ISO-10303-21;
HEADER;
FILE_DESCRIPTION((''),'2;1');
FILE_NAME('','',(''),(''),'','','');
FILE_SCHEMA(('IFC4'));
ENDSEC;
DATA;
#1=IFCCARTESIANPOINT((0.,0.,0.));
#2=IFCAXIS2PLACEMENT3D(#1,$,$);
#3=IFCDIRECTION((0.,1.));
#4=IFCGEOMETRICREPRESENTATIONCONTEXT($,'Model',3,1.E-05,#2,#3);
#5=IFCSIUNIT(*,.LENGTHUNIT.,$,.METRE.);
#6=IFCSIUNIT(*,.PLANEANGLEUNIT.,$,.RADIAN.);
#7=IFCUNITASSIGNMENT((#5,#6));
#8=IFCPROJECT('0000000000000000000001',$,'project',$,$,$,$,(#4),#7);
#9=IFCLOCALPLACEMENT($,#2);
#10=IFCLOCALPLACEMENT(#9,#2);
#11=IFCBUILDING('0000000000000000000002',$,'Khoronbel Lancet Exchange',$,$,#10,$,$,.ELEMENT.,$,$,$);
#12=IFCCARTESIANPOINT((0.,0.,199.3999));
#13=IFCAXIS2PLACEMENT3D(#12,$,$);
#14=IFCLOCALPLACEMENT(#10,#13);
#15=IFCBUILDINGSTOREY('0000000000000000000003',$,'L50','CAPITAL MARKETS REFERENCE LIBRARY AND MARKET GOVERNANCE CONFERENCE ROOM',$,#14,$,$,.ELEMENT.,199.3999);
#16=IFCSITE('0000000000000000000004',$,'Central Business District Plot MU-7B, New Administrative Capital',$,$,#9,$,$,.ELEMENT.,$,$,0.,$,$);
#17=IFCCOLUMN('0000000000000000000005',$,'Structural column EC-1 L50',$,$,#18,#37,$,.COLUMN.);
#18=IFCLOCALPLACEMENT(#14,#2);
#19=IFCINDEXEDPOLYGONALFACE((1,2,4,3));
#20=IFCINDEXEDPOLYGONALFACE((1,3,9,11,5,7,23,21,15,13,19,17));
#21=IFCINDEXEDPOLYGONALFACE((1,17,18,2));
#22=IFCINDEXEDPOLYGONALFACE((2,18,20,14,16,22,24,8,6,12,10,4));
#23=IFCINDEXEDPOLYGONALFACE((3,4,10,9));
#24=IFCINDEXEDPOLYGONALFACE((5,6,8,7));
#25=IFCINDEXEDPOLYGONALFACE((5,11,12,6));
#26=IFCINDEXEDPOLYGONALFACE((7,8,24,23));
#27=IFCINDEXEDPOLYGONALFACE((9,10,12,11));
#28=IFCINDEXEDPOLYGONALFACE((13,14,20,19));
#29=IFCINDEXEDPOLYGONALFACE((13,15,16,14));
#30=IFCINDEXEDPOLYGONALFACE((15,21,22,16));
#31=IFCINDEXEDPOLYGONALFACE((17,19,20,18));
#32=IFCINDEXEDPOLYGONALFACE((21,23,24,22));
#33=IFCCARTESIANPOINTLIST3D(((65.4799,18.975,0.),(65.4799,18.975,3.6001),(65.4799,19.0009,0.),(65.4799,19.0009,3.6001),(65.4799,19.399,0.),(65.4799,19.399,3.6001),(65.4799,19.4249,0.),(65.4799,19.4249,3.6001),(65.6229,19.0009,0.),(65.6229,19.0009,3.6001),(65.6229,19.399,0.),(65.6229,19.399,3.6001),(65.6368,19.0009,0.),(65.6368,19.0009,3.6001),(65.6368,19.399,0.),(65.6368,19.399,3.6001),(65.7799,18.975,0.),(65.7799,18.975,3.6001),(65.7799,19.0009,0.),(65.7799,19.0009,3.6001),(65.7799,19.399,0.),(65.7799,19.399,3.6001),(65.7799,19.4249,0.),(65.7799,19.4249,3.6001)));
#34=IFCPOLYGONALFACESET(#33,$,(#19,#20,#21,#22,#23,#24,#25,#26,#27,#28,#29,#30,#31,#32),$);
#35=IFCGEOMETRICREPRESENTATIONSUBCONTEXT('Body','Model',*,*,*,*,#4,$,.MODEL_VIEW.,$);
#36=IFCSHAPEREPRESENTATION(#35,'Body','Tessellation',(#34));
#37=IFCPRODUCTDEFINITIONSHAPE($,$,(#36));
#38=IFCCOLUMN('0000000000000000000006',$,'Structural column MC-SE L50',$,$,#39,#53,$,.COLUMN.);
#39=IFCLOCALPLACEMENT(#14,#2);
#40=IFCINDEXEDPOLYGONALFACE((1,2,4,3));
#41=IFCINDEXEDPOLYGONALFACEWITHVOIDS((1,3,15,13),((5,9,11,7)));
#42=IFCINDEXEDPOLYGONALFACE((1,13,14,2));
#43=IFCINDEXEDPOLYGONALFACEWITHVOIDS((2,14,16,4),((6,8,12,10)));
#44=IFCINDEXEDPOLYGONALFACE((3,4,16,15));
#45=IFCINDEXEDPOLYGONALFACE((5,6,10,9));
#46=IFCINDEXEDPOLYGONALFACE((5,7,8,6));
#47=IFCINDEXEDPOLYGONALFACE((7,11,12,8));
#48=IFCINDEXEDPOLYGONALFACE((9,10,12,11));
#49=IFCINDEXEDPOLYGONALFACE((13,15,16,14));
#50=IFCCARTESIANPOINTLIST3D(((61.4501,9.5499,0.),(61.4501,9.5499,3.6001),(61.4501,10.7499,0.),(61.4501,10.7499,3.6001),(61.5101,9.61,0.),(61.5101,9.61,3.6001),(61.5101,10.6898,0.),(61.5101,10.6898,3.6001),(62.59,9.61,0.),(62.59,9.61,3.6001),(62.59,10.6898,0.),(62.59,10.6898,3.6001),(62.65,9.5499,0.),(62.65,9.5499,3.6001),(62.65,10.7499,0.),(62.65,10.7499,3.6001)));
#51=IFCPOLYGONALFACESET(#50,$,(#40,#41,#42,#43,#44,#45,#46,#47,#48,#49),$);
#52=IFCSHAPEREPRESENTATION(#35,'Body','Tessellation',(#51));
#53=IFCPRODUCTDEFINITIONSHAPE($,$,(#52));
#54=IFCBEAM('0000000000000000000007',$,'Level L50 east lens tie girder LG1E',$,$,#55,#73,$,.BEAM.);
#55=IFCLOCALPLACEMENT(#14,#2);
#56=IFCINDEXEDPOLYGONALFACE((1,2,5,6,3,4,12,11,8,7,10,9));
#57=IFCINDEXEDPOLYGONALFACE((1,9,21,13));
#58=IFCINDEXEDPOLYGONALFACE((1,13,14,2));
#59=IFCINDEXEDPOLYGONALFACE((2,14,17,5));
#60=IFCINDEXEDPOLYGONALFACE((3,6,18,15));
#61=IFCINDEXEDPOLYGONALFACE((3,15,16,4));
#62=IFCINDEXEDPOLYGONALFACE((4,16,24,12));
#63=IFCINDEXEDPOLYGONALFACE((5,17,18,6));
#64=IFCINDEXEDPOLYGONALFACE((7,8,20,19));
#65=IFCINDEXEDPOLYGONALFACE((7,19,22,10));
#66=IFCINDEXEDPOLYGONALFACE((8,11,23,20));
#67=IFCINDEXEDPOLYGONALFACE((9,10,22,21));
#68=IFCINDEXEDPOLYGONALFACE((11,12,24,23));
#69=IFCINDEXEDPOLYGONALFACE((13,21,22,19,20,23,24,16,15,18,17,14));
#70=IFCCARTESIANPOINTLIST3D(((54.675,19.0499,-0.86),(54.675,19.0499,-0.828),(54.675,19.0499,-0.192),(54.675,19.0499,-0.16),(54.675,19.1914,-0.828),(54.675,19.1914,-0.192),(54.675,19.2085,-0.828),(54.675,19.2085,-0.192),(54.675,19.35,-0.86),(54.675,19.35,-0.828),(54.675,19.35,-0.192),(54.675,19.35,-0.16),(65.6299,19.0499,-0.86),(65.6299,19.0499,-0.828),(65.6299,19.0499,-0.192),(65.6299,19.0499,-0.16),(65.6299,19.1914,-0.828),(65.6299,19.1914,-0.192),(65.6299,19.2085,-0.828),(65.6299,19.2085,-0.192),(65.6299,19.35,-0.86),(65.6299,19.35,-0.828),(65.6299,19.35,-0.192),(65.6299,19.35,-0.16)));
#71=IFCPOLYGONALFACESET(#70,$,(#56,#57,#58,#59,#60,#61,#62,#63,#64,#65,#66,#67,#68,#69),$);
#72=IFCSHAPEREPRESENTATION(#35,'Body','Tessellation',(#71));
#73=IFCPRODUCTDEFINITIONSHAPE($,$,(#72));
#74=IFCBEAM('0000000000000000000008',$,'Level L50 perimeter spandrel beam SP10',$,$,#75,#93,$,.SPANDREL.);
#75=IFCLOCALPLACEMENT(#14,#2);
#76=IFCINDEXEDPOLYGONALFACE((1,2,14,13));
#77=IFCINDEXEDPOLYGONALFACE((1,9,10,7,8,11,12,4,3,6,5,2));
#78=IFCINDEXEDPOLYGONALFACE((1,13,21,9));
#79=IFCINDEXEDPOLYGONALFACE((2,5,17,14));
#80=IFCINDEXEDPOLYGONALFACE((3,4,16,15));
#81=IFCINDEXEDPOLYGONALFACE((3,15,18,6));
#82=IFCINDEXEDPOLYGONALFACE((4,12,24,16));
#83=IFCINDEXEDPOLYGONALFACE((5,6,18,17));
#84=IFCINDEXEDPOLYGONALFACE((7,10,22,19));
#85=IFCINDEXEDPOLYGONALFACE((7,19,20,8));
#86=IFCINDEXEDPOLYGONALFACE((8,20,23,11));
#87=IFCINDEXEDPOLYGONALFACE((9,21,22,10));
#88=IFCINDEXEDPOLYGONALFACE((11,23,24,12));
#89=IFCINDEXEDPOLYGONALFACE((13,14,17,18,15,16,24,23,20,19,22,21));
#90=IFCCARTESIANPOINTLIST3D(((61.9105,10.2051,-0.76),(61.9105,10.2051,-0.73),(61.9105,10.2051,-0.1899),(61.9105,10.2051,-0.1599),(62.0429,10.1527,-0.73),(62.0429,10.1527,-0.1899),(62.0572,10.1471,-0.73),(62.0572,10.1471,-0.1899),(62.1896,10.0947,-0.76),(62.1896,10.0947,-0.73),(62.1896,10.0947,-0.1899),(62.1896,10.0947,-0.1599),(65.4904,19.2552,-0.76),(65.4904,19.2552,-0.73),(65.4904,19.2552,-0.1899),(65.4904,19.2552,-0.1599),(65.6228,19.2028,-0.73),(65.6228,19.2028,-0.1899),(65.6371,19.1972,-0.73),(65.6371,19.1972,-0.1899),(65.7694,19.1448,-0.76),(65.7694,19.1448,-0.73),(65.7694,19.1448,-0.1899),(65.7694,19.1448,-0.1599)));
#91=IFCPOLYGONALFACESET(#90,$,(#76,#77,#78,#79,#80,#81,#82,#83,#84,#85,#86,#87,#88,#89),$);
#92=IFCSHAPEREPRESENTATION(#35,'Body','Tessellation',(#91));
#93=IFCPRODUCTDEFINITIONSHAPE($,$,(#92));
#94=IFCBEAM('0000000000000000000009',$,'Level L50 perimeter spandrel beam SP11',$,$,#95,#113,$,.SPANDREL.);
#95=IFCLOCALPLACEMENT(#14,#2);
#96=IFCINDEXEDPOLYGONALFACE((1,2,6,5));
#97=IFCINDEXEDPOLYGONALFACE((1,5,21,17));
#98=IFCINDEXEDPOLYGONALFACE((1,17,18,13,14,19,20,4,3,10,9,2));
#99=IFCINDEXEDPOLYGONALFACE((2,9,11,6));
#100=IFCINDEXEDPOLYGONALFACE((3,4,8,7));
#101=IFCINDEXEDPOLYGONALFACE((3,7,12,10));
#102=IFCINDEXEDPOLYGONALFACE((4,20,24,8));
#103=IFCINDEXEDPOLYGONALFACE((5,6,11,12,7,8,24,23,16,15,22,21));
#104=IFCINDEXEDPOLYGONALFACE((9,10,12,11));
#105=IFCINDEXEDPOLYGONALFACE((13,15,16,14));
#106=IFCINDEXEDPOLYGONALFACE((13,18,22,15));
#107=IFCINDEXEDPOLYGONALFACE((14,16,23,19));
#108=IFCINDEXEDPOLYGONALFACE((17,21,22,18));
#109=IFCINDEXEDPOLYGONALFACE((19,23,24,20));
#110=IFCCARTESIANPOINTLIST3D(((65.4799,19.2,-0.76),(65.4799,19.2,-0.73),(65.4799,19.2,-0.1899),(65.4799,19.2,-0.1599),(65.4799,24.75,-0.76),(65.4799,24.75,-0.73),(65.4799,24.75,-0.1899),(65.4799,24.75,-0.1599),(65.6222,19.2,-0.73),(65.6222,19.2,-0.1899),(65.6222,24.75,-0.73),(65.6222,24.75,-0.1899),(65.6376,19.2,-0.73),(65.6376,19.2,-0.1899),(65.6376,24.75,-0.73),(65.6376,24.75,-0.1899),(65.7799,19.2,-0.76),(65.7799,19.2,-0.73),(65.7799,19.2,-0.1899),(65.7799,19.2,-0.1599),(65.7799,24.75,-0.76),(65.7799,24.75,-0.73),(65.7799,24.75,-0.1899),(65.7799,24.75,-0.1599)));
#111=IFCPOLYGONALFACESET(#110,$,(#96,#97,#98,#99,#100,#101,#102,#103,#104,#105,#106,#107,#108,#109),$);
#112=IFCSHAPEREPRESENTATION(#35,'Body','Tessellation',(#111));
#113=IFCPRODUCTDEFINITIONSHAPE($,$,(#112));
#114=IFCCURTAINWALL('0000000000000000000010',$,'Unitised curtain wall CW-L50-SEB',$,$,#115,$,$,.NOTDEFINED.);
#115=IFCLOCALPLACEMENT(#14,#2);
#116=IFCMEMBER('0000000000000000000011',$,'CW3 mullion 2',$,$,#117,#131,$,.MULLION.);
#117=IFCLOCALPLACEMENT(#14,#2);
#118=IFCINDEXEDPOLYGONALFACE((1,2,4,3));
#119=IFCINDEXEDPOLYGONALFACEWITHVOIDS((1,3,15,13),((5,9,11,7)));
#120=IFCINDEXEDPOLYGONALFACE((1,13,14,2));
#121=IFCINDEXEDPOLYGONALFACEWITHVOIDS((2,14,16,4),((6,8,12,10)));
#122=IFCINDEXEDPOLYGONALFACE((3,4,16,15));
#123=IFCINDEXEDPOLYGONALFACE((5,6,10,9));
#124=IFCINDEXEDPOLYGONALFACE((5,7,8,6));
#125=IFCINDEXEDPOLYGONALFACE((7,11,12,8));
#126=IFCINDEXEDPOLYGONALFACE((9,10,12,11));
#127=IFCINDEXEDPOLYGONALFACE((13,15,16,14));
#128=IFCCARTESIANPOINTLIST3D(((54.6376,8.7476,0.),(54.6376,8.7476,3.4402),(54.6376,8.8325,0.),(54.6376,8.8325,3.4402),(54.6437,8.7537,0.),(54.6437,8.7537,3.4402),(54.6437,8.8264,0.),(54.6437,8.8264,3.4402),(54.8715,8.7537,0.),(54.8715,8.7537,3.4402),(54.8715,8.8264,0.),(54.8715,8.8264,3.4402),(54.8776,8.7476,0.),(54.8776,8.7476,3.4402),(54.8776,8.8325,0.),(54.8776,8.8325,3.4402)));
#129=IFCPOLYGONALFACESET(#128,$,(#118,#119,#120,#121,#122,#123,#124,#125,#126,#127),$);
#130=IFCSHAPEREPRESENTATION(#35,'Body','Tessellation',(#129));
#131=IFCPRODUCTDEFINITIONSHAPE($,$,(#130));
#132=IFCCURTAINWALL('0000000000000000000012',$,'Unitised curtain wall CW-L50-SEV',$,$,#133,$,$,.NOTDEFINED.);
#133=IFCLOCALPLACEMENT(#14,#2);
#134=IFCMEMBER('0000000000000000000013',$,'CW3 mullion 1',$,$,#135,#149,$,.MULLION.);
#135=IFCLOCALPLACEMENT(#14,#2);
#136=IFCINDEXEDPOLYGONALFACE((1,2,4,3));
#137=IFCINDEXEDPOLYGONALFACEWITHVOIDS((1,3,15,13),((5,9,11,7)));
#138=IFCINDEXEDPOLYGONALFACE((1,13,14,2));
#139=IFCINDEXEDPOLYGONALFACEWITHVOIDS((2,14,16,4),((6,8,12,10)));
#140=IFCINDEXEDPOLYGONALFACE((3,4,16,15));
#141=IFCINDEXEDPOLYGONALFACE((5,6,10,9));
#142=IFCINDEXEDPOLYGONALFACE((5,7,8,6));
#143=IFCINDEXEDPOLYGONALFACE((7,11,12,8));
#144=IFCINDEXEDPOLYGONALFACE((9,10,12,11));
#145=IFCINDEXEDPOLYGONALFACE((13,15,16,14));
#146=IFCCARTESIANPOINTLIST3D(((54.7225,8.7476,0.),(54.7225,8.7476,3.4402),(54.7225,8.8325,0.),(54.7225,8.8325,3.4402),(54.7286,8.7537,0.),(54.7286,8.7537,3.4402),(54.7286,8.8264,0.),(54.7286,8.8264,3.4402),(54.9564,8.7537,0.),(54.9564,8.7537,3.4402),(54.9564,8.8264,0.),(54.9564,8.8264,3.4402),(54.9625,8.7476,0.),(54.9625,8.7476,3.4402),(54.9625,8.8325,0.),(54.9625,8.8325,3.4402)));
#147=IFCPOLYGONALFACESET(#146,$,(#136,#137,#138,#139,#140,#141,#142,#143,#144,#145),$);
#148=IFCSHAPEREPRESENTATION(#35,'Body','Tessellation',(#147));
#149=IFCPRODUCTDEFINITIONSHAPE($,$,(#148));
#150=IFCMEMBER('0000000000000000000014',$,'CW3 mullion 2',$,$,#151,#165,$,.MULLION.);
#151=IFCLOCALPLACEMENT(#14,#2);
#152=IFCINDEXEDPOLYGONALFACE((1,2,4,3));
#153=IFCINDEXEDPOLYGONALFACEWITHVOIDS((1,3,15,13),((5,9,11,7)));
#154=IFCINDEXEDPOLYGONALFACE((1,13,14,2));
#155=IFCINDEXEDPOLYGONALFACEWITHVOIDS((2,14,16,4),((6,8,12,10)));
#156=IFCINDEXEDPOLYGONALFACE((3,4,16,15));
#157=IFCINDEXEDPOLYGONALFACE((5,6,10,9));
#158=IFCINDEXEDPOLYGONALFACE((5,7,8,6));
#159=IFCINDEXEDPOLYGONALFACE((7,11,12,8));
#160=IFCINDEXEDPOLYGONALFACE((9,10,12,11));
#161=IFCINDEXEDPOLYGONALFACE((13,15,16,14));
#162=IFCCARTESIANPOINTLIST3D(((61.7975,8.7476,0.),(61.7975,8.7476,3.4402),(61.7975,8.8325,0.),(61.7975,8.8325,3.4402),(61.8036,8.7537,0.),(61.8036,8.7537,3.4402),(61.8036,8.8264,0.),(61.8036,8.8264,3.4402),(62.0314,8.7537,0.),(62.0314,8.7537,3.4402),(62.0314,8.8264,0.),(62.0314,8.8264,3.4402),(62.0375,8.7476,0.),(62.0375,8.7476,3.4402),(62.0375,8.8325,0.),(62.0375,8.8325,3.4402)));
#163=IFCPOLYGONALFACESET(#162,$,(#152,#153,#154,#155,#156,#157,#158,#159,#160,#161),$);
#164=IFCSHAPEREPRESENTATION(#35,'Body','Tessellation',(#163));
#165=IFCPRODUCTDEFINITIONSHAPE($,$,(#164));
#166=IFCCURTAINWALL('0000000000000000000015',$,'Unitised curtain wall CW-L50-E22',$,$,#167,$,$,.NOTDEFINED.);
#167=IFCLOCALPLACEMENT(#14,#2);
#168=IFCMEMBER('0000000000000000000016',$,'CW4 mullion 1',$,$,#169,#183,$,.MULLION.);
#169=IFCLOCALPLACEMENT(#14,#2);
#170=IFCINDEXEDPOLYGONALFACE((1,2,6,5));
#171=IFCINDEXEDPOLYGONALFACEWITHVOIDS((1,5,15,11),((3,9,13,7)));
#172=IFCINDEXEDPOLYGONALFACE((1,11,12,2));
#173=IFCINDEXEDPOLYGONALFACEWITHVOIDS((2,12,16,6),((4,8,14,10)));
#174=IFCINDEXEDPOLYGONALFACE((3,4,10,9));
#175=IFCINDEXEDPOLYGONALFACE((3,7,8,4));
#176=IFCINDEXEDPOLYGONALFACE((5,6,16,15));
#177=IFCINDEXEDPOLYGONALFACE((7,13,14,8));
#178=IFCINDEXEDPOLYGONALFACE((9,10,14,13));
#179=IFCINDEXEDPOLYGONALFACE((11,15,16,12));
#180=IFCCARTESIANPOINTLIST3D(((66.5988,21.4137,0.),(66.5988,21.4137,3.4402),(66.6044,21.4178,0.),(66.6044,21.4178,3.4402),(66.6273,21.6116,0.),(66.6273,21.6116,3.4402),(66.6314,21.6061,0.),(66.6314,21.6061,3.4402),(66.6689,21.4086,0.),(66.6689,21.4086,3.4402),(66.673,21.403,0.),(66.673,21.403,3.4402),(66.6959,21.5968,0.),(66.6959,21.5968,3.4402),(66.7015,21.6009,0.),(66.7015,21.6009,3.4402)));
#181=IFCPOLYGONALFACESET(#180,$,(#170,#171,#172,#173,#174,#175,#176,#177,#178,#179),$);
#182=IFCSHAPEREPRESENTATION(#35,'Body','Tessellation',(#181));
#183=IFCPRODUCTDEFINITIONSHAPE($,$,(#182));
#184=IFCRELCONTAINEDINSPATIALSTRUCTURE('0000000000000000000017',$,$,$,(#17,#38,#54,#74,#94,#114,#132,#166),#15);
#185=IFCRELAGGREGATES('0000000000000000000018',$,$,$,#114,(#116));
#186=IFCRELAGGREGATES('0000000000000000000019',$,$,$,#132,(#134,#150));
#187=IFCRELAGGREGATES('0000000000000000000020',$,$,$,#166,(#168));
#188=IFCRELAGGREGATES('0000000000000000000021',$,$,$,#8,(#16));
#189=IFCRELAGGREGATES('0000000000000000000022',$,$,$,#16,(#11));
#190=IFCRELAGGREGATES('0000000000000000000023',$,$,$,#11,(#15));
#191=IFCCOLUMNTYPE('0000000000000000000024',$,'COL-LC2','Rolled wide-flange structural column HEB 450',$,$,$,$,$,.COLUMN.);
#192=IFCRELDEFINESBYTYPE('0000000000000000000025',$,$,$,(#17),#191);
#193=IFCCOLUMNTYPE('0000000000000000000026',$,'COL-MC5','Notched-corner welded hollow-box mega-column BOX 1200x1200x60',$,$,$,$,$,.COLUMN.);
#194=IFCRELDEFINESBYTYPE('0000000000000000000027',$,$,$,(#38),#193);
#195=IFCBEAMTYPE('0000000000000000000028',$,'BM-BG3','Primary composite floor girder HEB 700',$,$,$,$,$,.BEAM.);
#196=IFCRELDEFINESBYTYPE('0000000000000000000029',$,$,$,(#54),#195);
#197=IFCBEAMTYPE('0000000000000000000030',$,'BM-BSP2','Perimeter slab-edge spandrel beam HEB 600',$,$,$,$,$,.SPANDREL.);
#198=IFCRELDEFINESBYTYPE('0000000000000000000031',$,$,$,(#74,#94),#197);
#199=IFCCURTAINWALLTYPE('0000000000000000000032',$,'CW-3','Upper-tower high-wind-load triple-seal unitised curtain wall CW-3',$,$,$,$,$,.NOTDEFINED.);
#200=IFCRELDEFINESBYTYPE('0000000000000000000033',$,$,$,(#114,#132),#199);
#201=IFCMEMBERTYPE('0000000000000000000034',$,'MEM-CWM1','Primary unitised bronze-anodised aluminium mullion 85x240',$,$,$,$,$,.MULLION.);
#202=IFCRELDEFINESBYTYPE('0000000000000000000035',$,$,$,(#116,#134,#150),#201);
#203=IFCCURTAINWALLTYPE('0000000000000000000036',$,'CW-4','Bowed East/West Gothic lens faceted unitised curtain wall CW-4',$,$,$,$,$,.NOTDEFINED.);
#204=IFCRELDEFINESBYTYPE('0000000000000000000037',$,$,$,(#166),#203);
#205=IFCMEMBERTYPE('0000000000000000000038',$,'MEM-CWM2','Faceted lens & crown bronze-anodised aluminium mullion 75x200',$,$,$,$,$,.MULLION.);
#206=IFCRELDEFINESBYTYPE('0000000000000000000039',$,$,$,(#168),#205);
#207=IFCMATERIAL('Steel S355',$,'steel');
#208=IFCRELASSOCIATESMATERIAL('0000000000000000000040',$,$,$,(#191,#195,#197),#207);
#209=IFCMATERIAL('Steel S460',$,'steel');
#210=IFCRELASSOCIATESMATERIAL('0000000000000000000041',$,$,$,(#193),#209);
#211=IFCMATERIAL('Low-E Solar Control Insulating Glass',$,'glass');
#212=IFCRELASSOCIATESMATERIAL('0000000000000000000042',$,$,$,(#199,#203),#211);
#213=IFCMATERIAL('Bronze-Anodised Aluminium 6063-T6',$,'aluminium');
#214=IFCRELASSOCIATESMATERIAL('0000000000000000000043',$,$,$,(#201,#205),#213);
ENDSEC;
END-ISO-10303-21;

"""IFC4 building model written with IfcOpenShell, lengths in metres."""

from ifc_helpers import new_model, si_unit, direction, frame, origin, origin_2d, place, context, subcontext, project, spatial, hollow_rectangle, i_section, extrude, material, material_profile, profile_set, type_object, element, aggregate, save


model = new_model("IFC4")

# Units and contexts
model_context = context("Model", 3, precision=1e-05, world=origin(), true_north=direction((0.0, 1.0)))
body_context = subcontext(model_context, "Body", "Model", "MODEL_VIEW")
ifc_project = project(units=[si_unit("LENGTHUNIT", "METRE"), si_unit("PLANEANGLEUNIT", "RADIAN")], contexts=[model_context])

# Site, building, storey
site_placement = place(None, origin())
site = spatial("IfcSite", under=ifc_project, at=site_placement, Name="Central Business District Plot MU-7B, New Administrative Capital", CompositionType="ELEMENT", RefElevation=0.0)
building_placement = place(site_placement, origin())
building = spatial("IfcBuilding", under=site, at=building_placement, Name="Khoronbel Lancet Exchange", CompositionType="ELEMENT")
storey_placement = place(building_placement, frame((0.0, 0.0, 199.3999)))
storey = spatial("IfcBuildingStorey", under=building, at=storey_placement, Name="L50", Description="CAPITAL MARKETS REFERENCE LIBRARY AND MARKET GOVERNANCE CONFERENCE ROOM", CompositionType="ELEMENT", Elevation=199.3999)

# Columns
ifc_material_1 = material(Name="Steel S355", Category="steel")
ifc_material_profile_1 = material_profile(ifc_material_1, i_section(OverallWidth=0.3, OverallDepth=0.45, WebThickness=0.0139, FlangeThickness=0.0259, at=origin_2d()), Name="HEB 450")
ifc_profile_set_1 = profile_set([ifc_material_profile_1], Name="Steel S355")
column_type_1 = type_object("IfcColumnType", Name="COL-LC2", Description="Rolled wide-flange structural column HEB 450", PredefinedType="COLUMN", material=ifc_profile_set_1)
column_1_placement = place(storey_placement, frame((65.6299, 19.2, 0.0), z_axis=(0.0, 0.0, 1.0), x_axis=(1.0, 0.0, 0.0)))
element("IfcColumn", 1, at=column_1_placement, inside=storey, type_object=column_type_1, Name="Structural column EC-1 L50", PredefinedType="COLUMN", context=body_context, shape_type="SweptSolid", body=[
    extrude(i_section(OverallWidth=0.3, OverallDepth=0.45, WebThickness=0.0139, FlangeThickness=0.0259, at=origin_2d()), origin(), (0.0, 0.0, 1.0), 3.6001),
])
ifc_material_2 = material(Name="Steel S460", Category="steel")
ifc_material_profile_2 = material_profile(ifc_material_2, hollow_rectangle(XDim=1.2, YDim=1.2, WallThickness=0.0601, at=origin_2d()), Name="BOX 1200x1200x60")
ifc_profile_set_2 = profile_set([ifc_material_profile_2], Name="Steel S460")
column_type_2 = type_object("IfcColumnType", Name="COL-MC5", Description="Notched-corner welded hollow-box mega-column BOX 1200x1200x60", PredefinedType="COLUMN", material=ifc_profile_set_2)
column_2_placement = place(storey_placement, frame((62.05, 10.1499, 0.0), z_axis=(0.0, 0.0, 1.0), x_axis=(1.0, 0.0, 0.0)))
element("IfcColumn", 2, at=column_2_placement, inside=storey, type_object=column_type_2, Name="Structural column MC-SE L50", PredefinedType="COLUMN", context=body_context, shape_type="SweptSolid", body=[
    extrude(hollow_rectangle(XDim=1.2, YDim=1.2, WallThickness=0.0601, at=origin_2d()), origin(), (0.0, 0.0, 1.0), 3.6001),
])

# Beams
ifc_material_profile_3 = material_profile(ifc_material_1, i_section(OverallWidth=0.3, OverallDepth=0.7, WebThickness=0.0171, FlangeThickness=0.032, at=origin_2d()), Name="HEB 700")
ifc_profile_set_3 = profile_set([ifc_material_profile_3], Name="Steel S355")
beam_type_1 = type_object("IfcBeamType", Name="BM-BG3", Description="Primary composite floor girder HEB 700", PredefinedType="BEAM", material=ifc_profile_set_3)
beam_1_placement = place(storey_placement, frame((54.675, 19.2, -0.51), z_axis=(1.0, 0.0, 0.0), x_axis=(0.0, 1.0, 0.0)))
element("IfcBeam", 3, at=beam_1_placement, inside=storey, type_object=beam_type_1, Name="Level L50 east lens tie girder LG1E", PredefinedType="BEAM", context=body_context, shape_type="SweptSolid", body=[
    extrude(i_section(OverallWidth=0.3, OverallDepth=0.7, WebThickness=0.0171, FlangeThickness=0.032, at=origin_2d()), origin(), (0.0, 0.0, 1.0), 10.9548),
])
ifc_material_profile_4 = material_profile(ifc_material_1, i_section(OverallWidth=0.3, OverallDepth=0.6001, WebThickness=0.0154, FlangeThickness=0.03, at=origin_2d()), Name="HEB 600")
ifc_profile_set_4 = profile_set([ifc_material_profile_4], Name="Steel S355")
beam_type_2 = type_object("IfcBeamType", Name="BM-BSP2", Description="Perimeter slab-edge spandrel beam HEB 600", PredefinedType="SPANDREL", material=ifc_profile_set_4)
beam_2_placement = place(storey_placement, frame((62.05, 10.1499, -0.46), z_axis=(0.367828, 0.929894, 0.0), x_axis=(-0.929894, 0.367828, 0.0)))
element("IfcBeam", 4, at=beam_2_placement, inside=storey, type_object=beam_type_2, Name="Level L50 perimeter spandrel beam SP10", PredefinedType="SPANDREL", context=body_context, shape_type="SweptSolid", body=[
    extrude(i_section(OverallWidth=0.3, OverallDepth=0.6001, WebThickness=0.0154, FlangeThickness=0.03, at=origin_2d()), origin(), (0.0, 0.0, 1.0), 9.7324),
])
beam_3_placement = place(storey_placement, frame((65.6299, 19.2, -0.46), z_axis=(0.0, 1.0, 0.0), x_axis=(-1.0, 0.0, 0.0)))
element("IfcBeam", 5, at=beam_3_placement, inside=storey, type_object=beam_type_2, Name="Level L50 perimeter spandrel beam SP11", PredefinedType="SPANDREL", context=body_context, shape_type="SweptSolid", body=[
    extrude(i_section(OverallWidth=0.3, OverallDepth=0.6001, WebThickness=0.0154, FlangeThickness=0.03, at=origin_2d()), origin(), (0.0, 0.0, 1.0), 5.55),
])

# Curtain wall, member
ifc_material_3 = material(Name="Low-E Solar Control Insulating Glass", Category="glass")
curtain_wall_type_1 = type_object("IfcCurtainWallType", Name="CW-3", Description="Upper-tower high-wind-load triple-seal unitised curtain wall CW-3", PredefinedType="NOTDEFINED", material=ifc_material_3)
curtain_wall_1_placement = place(storey_placement, origin())
curtain_wall_1 = element("IfcCurtainWall", 6, at=curtain_wall_1_placement, inside=storey, type_object=curtain_wall_type_1, Name="Unitised curtain wall CW-L50-SEB", PredefinedType="NOTDEFINED")
ifc_material_4 = material(Name="Bronze-Anodised Aluminium 6063-T6", Category="aluminium")
ifc_material_profile_5 = material_profile(ifc_material_4, hollow_rectangle(XDim=0.085, YDim=0.24, WallThickness=0.0061, at=origin_2d()), Name="ALU MULLION 85x240")
ifc_profile_set_5 = profile_set([ifc_material_profile_5], Name="Bronze-Anodised Aluminium 6063-T6")
member_type_1 = type_object("IfcMemberType", Name="MEM-CWM1", Description="Primary unitised bronze-anodised aluminium mullion 85x240", PredefinedType="MULLION", material=ifc_profile_set_5)
member_1_placement = place(storey_placement, frame((54.7576, 8.79, 0.0), z_axis=(0.0, 0.0, 1.0), x_axis=(0.0, 1.0, 0.0)))
member_1 = element("IfcMember", 7, at=member_1_placement, type_object=member_type_1, Name="CW3 mullion 2", PredefinedType="MULLION", context=body_context, shape_type="SweptSolid", body=[
    extrude(hollow_rectangle(XDim=0.085, YDim=0.24, WallThickness=0.0061, at=origin_2d()), origin(), (0.0, 0.0, 1.0), 3.4402),
])
aggregate(curtain_wall_1, [member_1])

# Curtain walls, members
curtain_wall_2_placement = place(storey_placement, origin())
curtain_wall_2 = element("IfcCurtainWall", 8, at=curtain_wall_2_placement, inside=storey, type_object=curtain_wall_type_1, Name="Unitised curtain wall CW-L50-SEV", PredefinedType="NOTDEFINED")
member_2_placement = place(storey_placement, frame((54.8425, 8.79, 0.0), z_axis=(0.0, 0.0, 1.0), x_axis=(0.0, 1.0, 0.0)))
member_2 = element("IfcMember", 9, at=member_2_placement, type_object=member_type_1, Name="CW3 mullion 1", PredefinedType="MULLION", context=body_context, shape_type="SweptSolid", body=[
    extrude(hollow_rectangle(XDim=0.085, YDim=0.24, WallThickness=0.0061, at=origin_2d()), origin(), (0.0, 0.0, 1.0), 3.4402),
])
member_3_placement = place(storey_placement, frame((61.9175, 8.79, 0.0), z_axis=(0.0, 0.0, 1.0), x_axis=(0.0, 1.0, 0.0)))
member_3 = element("IfcMember", 10, at=member_3_placement, type_object=member_type_1, Name="CW3 mullion 2", PredefinedType="MULLION", context=body_context, shape_type="SweptSolid", body=[
    extrude(hollow_rectangle(XDim=0.085, YDim=0.24, WallThickness=0.0061, at=origin_2d()), origin(), (0.0, 0.0, 1.0), 3.4402),
])
curtain_wall_type_2 = type_object("IfcCurtainWallType", Name="CW-4", Description="Bowed East/West Gothic lens faceted unitised curtain wall CW-4", PredefinedType="NOTDEFINED", material=ifc_material_3)
curtain_wall_3_placement = place(storey_placement, origin())
curtain_wall_3 = element("IfcCurtainWall", 11, at=curtain_wall_3_placement, inside=storey, type_object=curtain_wall_type_2, Name="Unitised curtain wall CW-L50-E22", PredefinedType="NOTDEFINED")
ifc_material_profile_6 = material_profile(ifc_material_4, hollow_rectangle(XDim=0.075, YDim=0.2, WallThickness=0.0049, at=origin_2d()), Name="ALU MULLION 75x200")
ifc_profile_set_6 = profile_set([ifc_material_profile_6], Name="Bronze-Anodised Aluminium 6063-T6")
member_type_2 = type_object("IfcMemberType", Name="MEM-CWM2", Description="Faceted lens & crown bronze-anodised aluminium mullion 75x200", PredefinedType="MULLION", material=ifc_profile_set_6)
member_4_placement = place(storey_placement, frame((66.6501, 21.5073, 0.0), z_axis=(0.0, 0.0, 1.0), x_axis=(0.989821, -0.142315, 0.0)))
member_4 = element("IfcMember", 12, at=member_4_placement, type_object=member_type_2, Name="CW4 mullion 1", PredefinedType="MULLION", context=body_context, shape_type="SweptSolid", body=[
    extrude(hollow_rectangle(XDim=0.075, YDim=0.2, WallThickness=0.0049, at=origin_2d()), origin(), (0.0, 0.0, 1.0), 3.4402),
])

aggregate(curtain_wall_2, [member_2, member_3])
aggregate(curtain_wall_3, [member_4])

save(model, "model.ifc")
